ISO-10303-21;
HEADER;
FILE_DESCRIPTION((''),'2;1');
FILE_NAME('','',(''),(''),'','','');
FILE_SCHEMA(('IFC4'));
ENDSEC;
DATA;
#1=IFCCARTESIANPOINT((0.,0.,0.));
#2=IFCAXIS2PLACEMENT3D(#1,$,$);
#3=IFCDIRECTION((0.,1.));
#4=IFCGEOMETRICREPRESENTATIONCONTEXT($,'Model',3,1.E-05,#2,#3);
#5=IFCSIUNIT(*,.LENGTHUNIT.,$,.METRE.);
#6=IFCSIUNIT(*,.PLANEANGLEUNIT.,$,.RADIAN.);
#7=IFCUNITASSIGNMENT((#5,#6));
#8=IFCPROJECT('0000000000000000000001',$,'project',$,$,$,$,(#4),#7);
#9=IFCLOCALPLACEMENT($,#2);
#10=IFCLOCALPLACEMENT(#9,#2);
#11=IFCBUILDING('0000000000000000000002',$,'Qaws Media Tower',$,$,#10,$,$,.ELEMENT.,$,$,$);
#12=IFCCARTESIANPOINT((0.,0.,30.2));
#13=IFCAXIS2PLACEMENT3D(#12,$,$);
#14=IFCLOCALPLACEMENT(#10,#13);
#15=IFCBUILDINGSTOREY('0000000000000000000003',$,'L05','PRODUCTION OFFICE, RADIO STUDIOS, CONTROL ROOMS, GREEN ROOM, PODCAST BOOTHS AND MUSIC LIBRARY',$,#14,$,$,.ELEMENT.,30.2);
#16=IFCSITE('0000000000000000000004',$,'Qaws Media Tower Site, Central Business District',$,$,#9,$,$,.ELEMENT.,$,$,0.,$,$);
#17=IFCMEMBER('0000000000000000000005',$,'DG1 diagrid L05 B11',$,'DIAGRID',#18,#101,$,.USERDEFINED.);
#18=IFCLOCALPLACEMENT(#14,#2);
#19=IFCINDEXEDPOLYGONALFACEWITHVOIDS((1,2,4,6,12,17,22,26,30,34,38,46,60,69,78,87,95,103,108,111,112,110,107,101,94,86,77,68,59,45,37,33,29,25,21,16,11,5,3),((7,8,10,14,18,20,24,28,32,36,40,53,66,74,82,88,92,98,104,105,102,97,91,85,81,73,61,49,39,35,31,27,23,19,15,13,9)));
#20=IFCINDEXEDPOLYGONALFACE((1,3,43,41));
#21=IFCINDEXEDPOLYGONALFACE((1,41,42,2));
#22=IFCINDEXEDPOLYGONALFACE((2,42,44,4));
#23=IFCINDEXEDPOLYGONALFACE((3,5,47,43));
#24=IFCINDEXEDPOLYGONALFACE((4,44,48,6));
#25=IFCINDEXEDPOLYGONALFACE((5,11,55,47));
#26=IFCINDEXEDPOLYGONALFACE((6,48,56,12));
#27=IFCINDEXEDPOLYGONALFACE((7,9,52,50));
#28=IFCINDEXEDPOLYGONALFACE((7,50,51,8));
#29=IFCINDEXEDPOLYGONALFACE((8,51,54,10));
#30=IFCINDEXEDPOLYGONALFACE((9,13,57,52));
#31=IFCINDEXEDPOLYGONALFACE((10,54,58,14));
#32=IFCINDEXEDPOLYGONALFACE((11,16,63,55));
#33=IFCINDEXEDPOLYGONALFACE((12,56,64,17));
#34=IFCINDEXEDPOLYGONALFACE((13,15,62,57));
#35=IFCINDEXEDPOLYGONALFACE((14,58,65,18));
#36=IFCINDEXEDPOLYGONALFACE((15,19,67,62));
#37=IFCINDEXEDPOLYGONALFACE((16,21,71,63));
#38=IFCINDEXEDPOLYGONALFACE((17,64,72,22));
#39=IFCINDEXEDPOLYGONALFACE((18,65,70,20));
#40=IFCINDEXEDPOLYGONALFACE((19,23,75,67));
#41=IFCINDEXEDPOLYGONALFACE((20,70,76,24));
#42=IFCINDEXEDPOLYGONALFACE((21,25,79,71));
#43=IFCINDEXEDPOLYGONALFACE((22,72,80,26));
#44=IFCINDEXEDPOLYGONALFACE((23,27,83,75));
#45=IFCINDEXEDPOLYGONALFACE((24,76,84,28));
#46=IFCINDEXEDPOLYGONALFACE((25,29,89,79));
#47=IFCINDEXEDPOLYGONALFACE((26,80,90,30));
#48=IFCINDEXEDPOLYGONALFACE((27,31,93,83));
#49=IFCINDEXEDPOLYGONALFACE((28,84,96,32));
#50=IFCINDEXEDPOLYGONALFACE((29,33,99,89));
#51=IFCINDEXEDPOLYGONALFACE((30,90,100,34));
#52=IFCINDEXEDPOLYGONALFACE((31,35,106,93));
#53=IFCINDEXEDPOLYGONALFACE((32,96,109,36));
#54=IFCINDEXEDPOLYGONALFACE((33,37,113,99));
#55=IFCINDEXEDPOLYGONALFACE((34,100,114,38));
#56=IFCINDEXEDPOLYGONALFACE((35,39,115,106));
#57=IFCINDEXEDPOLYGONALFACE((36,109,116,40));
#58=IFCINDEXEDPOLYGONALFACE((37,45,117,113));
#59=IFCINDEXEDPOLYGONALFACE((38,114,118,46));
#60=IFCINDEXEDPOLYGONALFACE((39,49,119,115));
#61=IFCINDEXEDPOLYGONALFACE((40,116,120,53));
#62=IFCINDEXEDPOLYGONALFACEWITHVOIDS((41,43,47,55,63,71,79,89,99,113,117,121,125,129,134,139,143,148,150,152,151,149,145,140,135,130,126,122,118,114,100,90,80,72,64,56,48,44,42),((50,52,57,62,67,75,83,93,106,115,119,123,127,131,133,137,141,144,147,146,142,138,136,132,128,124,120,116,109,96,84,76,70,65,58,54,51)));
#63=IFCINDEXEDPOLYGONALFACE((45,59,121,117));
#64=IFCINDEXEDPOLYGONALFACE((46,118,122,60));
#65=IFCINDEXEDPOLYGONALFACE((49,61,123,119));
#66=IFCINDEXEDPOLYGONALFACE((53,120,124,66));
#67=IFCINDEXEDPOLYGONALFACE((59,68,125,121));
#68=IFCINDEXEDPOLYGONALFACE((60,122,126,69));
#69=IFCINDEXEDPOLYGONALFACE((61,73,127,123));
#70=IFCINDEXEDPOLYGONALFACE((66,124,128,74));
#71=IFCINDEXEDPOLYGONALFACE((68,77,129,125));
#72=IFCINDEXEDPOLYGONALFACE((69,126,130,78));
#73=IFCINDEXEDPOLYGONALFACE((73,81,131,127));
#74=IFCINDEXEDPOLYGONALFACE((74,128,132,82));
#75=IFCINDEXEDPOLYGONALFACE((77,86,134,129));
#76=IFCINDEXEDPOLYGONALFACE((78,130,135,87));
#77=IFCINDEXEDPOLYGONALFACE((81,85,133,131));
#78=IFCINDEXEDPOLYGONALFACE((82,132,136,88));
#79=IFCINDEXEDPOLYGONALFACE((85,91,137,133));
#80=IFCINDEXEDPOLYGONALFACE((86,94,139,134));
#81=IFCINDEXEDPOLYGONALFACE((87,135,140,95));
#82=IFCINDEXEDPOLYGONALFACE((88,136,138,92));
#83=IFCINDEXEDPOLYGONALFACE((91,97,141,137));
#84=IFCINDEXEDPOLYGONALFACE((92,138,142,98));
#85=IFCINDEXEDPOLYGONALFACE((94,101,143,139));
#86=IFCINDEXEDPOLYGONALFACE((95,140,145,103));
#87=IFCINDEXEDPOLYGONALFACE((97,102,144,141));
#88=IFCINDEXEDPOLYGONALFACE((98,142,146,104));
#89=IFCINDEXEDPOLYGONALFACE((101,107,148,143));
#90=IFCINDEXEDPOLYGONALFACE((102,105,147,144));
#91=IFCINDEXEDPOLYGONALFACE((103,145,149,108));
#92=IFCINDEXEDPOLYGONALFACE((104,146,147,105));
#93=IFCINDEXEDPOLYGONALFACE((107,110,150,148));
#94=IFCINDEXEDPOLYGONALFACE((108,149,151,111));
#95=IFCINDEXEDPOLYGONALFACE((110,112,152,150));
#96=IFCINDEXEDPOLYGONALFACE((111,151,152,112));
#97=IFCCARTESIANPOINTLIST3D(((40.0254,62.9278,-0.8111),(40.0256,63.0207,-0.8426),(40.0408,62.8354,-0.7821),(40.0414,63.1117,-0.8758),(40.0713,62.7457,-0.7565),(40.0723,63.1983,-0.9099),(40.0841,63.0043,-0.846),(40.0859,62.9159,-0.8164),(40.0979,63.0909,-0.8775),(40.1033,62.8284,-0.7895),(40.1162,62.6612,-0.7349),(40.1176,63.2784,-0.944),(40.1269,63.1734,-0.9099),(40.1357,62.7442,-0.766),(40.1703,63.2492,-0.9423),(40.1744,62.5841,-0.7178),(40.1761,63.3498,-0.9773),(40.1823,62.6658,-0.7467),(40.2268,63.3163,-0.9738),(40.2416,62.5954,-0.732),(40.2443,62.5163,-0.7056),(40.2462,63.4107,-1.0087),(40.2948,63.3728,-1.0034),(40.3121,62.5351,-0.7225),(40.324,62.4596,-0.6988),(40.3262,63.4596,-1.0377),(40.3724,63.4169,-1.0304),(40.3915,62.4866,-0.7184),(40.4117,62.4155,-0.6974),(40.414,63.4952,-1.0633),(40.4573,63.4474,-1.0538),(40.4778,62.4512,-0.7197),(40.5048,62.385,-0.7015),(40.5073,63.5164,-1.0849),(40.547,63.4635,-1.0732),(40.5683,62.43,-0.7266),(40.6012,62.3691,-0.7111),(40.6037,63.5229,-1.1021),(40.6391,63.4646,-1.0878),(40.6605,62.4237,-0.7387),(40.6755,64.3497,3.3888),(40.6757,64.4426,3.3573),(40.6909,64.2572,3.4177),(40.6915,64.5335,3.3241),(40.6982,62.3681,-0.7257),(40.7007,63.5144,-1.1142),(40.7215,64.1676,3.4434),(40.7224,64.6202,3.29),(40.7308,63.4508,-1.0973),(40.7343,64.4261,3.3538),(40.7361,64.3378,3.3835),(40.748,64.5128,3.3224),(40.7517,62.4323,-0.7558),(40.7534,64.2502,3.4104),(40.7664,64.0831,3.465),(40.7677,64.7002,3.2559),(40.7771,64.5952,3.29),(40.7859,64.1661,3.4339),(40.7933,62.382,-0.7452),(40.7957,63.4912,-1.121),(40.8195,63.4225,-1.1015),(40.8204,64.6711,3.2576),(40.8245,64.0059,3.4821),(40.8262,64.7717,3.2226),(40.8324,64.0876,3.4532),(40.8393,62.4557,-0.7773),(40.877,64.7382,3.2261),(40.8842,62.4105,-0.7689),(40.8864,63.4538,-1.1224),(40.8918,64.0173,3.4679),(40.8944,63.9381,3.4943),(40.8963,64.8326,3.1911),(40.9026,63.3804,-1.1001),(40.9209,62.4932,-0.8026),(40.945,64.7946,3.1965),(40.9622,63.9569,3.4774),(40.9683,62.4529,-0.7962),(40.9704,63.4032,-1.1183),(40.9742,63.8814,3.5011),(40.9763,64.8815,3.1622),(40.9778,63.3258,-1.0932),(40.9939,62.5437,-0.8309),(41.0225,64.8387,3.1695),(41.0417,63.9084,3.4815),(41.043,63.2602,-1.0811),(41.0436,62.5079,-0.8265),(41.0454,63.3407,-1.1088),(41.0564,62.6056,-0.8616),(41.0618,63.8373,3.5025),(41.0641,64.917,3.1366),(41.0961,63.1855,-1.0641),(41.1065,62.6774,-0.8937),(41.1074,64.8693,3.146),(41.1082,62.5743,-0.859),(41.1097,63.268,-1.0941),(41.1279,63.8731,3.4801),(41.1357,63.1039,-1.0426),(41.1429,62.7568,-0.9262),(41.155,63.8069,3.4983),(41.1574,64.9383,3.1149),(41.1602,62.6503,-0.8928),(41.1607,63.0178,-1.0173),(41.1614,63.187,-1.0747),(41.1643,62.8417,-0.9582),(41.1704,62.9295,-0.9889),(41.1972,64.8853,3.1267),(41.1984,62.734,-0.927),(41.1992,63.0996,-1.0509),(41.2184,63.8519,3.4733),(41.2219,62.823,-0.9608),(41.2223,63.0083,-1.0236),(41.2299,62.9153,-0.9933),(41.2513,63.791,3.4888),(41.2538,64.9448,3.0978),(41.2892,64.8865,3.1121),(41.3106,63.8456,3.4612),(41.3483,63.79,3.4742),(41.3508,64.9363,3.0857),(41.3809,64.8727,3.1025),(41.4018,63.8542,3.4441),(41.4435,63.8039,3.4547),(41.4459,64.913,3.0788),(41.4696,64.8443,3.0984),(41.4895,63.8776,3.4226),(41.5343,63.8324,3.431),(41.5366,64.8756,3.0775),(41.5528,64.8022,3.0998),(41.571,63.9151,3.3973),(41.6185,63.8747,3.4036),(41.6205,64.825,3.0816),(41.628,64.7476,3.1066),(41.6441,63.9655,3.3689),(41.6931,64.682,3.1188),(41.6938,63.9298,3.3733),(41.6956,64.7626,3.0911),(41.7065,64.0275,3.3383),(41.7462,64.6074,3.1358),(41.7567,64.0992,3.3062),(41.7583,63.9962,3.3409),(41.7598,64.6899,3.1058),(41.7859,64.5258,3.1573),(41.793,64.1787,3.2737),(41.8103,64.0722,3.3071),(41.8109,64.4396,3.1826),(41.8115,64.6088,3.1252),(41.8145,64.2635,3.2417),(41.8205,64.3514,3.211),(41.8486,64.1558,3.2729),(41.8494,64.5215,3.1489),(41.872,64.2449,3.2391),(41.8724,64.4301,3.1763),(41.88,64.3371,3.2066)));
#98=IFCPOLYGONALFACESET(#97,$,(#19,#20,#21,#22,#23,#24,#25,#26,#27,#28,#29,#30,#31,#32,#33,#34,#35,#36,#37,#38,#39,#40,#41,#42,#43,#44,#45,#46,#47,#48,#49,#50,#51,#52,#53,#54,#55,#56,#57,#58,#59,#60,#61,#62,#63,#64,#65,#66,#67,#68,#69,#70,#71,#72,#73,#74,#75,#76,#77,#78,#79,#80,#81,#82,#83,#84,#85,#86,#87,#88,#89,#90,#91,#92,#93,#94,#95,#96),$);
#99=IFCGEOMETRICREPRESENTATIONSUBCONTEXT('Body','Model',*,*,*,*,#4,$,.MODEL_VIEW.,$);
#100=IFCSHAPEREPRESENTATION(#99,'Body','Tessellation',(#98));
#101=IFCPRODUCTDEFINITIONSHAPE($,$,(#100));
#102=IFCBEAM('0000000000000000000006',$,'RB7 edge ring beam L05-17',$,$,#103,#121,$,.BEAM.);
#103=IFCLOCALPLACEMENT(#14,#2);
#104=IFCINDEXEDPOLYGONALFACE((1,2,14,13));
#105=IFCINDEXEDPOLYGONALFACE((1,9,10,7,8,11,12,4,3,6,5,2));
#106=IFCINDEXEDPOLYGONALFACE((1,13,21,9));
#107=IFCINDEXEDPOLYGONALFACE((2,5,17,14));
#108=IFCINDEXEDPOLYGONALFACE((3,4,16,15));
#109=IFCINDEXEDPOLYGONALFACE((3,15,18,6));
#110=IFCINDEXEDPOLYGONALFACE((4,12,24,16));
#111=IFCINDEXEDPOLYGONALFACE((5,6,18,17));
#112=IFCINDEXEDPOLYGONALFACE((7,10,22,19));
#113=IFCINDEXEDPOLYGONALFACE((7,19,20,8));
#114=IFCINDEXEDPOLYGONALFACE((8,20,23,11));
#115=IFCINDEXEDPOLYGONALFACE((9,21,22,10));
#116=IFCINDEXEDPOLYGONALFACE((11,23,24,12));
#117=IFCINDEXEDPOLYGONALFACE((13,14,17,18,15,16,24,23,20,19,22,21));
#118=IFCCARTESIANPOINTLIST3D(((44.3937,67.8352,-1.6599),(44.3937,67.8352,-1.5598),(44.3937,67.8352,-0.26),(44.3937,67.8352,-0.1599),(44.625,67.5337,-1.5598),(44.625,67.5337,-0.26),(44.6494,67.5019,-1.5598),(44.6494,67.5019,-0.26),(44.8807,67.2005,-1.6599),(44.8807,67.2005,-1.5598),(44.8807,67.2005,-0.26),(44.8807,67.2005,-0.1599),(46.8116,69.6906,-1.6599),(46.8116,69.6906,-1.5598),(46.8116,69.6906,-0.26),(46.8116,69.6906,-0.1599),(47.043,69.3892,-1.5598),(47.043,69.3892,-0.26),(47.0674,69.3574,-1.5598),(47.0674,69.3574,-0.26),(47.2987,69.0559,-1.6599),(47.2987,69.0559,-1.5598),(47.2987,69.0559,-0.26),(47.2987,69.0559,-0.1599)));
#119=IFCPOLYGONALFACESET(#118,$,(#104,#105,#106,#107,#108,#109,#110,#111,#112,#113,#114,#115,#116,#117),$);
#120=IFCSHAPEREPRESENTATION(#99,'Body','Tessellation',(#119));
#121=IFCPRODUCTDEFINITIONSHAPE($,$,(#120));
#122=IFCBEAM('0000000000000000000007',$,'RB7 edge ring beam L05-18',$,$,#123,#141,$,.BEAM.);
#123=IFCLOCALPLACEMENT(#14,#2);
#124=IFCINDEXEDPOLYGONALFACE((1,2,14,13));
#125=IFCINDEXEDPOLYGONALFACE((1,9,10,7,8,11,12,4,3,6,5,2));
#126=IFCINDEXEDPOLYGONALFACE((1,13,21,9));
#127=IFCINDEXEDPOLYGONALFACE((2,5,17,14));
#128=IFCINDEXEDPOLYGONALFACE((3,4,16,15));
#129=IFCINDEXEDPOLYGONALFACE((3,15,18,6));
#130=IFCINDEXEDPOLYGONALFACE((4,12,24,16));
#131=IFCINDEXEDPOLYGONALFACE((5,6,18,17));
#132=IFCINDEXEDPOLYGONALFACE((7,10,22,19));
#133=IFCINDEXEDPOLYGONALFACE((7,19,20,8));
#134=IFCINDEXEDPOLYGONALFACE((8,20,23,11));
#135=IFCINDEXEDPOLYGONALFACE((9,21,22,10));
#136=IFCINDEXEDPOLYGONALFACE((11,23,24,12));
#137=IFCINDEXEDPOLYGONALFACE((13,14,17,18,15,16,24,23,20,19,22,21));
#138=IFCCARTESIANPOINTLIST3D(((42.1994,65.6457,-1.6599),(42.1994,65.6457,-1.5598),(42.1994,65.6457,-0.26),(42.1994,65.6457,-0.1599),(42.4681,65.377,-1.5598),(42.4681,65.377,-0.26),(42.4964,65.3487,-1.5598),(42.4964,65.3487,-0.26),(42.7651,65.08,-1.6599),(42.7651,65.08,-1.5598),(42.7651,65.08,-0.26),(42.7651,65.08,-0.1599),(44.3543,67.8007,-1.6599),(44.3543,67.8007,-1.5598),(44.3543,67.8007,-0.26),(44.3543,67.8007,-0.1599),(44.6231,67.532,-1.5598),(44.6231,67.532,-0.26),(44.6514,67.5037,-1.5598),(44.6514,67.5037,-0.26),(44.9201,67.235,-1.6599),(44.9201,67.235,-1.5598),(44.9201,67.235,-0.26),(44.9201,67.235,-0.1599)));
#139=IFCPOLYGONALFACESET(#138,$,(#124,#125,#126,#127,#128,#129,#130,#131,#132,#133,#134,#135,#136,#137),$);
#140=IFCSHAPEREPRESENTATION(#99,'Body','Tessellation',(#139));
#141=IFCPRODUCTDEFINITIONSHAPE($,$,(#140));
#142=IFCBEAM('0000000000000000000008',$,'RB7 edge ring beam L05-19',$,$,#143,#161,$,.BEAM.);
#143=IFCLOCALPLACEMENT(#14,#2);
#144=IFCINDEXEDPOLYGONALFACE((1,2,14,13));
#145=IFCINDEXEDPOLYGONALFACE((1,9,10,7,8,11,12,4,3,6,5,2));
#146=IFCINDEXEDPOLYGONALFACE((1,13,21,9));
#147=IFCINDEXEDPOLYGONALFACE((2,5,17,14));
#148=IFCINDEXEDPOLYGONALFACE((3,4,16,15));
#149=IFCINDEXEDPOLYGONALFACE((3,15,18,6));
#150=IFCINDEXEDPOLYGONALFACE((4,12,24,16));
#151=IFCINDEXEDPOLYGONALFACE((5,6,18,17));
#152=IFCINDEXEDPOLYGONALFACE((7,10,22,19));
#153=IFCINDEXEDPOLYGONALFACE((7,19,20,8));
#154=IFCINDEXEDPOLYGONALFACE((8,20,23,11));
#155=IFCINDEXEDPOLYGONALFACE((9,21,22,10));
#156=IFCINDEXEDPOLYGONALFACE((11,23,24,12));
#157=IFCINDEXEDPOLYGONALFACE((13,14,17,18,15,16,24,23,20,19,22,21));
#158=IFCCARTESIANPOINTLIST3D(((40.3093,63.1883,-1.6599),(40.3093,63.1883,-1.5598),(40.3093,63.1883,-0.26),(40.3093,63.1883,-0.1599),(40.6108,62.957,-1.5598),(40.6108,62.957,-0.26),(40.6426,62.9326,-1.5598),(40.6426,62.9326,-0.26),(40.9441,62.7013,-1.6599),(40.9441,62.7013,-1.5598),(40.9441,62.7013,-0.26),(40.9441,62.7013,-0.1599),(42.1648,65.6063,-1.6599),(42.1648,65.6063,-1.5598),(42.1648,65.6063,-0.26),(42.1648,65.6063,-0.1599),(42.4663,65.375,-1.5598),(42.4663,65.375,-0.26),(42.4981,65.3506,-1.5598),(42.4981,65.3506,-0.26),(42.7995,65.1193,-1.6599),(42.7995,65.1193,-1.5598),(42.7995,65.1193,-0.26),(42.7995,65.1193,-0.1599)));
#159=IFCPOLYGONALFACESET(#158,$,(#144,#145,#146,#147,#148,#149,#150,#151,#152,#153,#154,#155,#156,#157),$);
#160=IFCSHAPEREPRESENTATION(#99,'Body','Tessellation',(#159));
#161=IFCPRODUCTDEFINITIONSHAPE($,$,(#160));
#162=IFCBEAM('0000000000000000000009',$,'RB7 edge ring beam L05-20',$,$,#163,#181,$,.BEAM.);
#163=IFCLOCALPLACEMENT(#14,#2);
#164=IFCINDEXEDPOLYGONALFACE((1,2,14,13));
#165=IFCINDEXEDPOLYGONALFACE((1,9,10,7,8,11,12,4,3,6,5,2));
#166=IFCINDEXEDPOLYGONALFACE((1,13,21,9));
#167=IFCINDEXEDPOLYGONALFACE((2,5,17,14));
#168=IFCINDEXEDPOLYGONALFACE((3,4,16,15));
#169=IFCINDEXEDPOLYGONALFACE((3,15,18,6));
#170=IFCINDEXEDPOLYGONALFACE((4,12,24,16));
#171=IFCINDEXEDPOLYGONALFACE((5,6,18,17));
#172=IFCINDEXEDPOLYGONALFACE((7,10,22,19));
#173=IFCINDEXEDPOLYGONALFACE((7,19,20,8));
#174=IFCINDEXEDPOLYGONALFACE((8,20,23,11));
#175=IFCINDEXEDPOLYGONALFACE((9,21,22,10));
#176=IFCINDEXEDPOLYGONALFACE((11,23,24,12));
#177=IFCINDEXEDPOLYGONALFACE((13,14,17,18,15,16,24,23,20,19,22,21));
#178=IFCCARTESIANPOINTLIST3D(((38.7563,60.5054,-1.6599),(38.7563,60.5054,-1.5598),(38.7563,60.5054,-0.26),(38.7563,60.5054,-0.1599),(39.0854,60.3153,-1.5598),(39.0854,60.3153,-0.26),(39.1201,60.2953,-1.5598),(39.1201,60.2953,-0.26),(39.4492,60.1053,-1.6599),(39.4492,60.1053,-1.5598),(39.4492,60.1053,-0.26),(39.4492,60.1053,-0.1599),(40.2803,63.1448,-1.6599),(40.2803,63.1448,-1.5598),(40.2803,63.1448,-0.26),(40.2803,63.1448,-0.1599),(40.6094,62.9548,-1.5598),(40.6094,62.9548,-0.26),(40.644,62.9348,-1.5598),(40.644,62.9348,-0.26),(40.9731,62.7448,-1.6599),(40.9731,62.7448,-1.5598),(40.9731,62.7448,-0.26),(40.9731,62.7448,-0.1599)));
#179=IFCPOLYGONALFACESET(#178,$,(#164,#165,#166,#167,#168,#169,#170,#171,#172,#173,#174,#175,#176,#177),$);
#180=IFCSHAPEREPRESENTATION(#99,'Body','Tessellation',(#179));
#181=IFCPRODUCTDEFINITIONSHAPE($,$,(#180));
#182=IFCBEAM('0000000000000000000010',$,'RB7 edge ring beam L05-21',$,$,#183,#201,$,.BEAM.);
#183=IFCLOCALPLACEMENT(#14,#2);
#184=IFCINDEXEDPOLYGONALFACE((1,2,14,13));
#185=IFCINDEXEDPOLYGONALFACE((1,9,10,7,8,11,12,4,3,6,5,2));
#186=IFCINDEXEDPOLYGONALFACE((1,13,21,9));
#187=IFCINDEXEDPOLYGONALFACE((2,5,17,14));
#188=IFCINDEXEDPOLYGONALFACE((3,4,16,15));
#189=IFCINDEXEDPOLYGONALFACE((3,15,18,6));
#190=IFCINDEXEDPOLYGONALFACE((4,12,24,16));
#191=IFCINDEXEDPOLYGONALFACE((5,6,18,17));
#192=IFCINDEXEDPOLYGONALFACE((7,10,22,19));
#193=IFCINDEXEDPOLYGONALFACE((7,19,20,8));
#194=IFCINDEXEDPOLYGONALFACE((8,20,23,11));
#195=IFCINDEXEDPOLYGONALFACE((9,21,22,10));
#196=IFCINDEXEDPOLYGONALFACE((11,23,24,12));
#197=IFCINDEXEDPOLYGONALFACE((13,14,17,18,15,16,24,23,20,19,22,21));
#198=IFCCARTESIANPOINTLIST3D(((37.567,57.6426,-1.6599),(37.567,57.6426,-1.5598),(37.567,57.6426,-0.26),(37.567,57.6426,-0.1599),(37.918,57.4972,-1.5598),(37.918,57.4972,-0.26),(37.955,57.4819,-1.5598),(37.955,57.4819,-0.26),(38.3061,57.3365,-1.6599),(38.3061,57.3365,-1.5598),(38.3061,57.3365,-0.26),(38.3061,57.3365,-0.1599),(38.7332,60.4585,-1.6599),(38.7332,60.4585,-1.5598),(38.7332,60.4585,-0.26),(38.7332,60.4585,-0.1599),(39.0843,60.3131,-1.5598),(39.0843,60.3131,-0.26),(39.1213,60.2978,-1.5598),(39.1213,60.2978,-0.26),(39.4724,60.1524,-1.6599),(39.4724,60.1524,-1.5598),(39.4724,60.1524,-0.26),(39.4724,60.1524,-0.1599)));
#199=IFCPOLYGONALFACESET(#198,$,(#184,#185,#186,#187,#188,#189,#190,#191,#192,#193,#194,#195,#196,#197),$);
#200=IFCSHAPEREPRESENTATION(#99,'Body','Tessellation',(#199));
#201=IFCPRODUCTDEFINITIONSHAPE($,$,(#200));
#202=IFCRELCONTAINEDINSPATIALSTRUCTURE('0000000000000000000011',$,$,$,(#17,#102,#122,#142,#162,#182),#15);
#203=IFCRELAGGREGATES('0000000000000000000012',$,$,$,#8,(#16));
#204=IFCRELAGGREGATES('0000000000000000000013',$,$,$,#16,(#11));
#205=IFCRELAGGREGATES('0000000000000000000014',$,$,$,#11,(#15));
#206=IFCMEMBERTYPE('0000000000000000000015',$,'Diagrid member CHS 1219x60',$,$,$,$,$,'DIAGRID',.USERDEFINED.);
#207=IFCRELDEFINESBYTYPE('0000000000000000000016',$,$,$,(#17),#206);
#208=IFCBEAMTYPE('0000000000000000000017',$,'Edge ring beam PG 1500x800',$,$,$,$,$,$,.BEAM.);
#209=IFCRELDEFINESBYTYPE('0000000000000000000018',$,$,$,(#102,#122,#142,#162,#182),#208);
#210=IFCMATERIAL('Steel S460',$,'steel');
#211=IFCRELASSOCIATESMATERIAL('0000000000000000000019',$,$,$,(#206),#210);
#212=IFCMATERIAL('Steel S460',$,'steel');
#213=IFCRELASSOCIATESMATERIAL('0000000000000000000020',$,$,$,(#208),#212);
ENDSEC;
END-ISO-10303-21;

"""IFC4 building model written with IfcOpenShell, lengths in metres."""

from ifc_helpers import new_model, si_unit, direction, frame, origin, origin_2d, place, context, subcontext, project, spatial, hollow_circle, i_section, extrude, material, material_profile, profile_set, type_object, element, save


model = new_model("IFC4")

# Units and contexts
model_context = context("Model", 3, precision=1e-05, world=origin(), true_north=direction((0.0, 1.0)))
body_context = subcontext(model_context, "Body", "Model", "MODEL_VIEW")
ifc_project = project(units=[si_unit("LENGTHUNIT", "METRE"), si_unit("PLANEANGLEUNIT", "RADIAN")], contexts=[model_context])

# Site, building, storey
site_placement = place(None, origin())
site = spatial("IfcSite", under=ifc_project, at=site_placement, Name="Qaws Media Tower Site, Central Business District", CompositionType="ELEMENT", RefElevation=0.0)
building_placement = place(site_placement, origin())
building = spatial("IfcBuilding", under=site, at=building_placement, Name="Qaws Media Tower", CompositionType="ELEMENT")
storey_placement = place(building_placement, frame((0.0, 0.0, 30.2)))
storey = spatial("IfcBuildingStorey", under=building, at=storey_placement, Name="L05", Description="PRODUCTION OFFICE, RADIO STUDIOS, CONTROL ROOMS, GREEN ROOM, PODCAST BOOTHS AND MUSIC LIBRARY", CompositionType="ELEMENT", Elevation=30.2)

# Member
ifc_material_1 = material(Name="Steel S460", Category="steel")
ifc_material_profile_1 = material_profile(ifc_material_1, hollow_circle(Radius=0.6096, WallThickness=0.0601, at=origin_2d()), Name="CHS 1219x60")
ifc_profile_set_1 = profile_set([ifc_material_profile_1], Name="Steel S460")
member_type_1 = type_object("IfcMemberType", Name="Diagrid member CHS 1219x60", ElementType="DIAGRID", PredefinedType="USERDEFINED", material=ifc_profile_set_1)
for number, where, z_axis, x_axis, name in (
    (1, (40.6267, 62.9448, -0.9099), (0.145073, 0.317275, 0.937171), (-0.909439, 0.415837, 0.0), "DG1 diagrid L05 B11"),
):
    element("IfcMember", number, at=place(storey_placement, frame(where, z_axis=z_axis, x_axis=x_axis)), inside=storey, type_object=member_type_1, Name=name, ObjectType="DIAGRID", PredefinedType="USERDEFINED", context=body_context, shape_type="SweptSolid", body=[
        extrude(hollow_circle(Radius=0.6096, WallThickness=0.0601, at=origin_2d()), origin(), (0.0, 0.0, 1.0), 4.4814),
    ])

# Beams
ifc_material_2 = material(Name="Steel S460", Category="steel")
ifc_material_profile_2 = material_profile(ifc_material_2, i_section(OverallWidth=0.8, OverallDepth=1.5, WebThickness=0.04, FlangeThickness=0.1001, at=origin_2d()), Name="PG 1500x800")
ifc_profile_set_2 = profile_set([ifc_material_profile_2], Name="Steel S460")
beam_type = type_object("IfcBeamType", Name="Edge ring beam PG 1500x800", PredefinedType="BEAM", material=ifc_profile_set_2)
beam_1_placement = place(storey_placement, frame((47.0552, 69.3733, -0.9099), z_axis=(-0.793338, -0.608781, 0.0), x_axis=(0.608781, -0.793338, 0.0)))
element("IfcBeam", 2, at=beam_1_placement, inside=storey, type_object=beam_type, Name="RB7 edge ring beam L05-17", PredefinedType="BEAM", context=body_context, shape_type="SweptSolid", body=[
    extrude(i_section(OverallWidth=0.8, OverallDepth=1.5, WebThickness=0.04, FlangeThickness=0.1001, at=origin_2d()), origin(), (0.0, 0.0, 1.0), 3.0479),
])
beam_2_placement = place(storey_placement, frame((44.6372, 67.5178, -0.9099), z_axis=(-0.707107, -0.707107, 0.0), x_axis=(0.707107, -0.707107, 0.0)))
element("IfcBeam", 3, at=beam_2_placement, inside=storey, type_object=beam_type, Name="RB7 edge ring beam L05-18", PredefinedType="BEAM", context=body_context, shape_type="SweptSolid", body=[
    extrude(i_section(OverallWidth=0.8, OverallDepth=1.5, WebThickness=0.04, FlangeThickness=0.1001, at=origin_2d()), origin(), (0.0, 0.0, 1.0), 3.0476),
])
for number, where, z_axis, x_axis, name in (
    (4, (42.4822, 65.3628, -0.9099), (-0.608781, -0.793338, 0.0), (0.793338, -0.608781, 0.0), "RB7 edge ring beam L05-19"),
    (5, (40.6267, 62.9448, -0.9099), (-0.500016, -0.866016, 0.0), (0.866016, -0.500016, 0.0), "RB7 edge ring beam L05-20"),
    (6, (39.1028, 60.3054, -0.9099), (-0.382647, -0.923895, 0.0), (0.923895, -0.382647, 0.0), "RB7 edge ring beam L05-21"),
):
    element("IfcBeam", number, at=place(storey_placement, frame(where, z_axis=z_axis, x_axis=x_axis)), inside=storey, type_object=beam_type, Name=name, PredefinedType="BEAM", context=body_context, shape_type="SweptSolid", body=[
        extrude(i_section(OverallWidth=0.8, OverallDepth=1.5, WebThickness=0.04, FlangeThickness=0.1001, at=origin_2d()), origin(), (0.0, 0.0, 1.0), 3.0479),
    ])

save(model, "model.ifc")
